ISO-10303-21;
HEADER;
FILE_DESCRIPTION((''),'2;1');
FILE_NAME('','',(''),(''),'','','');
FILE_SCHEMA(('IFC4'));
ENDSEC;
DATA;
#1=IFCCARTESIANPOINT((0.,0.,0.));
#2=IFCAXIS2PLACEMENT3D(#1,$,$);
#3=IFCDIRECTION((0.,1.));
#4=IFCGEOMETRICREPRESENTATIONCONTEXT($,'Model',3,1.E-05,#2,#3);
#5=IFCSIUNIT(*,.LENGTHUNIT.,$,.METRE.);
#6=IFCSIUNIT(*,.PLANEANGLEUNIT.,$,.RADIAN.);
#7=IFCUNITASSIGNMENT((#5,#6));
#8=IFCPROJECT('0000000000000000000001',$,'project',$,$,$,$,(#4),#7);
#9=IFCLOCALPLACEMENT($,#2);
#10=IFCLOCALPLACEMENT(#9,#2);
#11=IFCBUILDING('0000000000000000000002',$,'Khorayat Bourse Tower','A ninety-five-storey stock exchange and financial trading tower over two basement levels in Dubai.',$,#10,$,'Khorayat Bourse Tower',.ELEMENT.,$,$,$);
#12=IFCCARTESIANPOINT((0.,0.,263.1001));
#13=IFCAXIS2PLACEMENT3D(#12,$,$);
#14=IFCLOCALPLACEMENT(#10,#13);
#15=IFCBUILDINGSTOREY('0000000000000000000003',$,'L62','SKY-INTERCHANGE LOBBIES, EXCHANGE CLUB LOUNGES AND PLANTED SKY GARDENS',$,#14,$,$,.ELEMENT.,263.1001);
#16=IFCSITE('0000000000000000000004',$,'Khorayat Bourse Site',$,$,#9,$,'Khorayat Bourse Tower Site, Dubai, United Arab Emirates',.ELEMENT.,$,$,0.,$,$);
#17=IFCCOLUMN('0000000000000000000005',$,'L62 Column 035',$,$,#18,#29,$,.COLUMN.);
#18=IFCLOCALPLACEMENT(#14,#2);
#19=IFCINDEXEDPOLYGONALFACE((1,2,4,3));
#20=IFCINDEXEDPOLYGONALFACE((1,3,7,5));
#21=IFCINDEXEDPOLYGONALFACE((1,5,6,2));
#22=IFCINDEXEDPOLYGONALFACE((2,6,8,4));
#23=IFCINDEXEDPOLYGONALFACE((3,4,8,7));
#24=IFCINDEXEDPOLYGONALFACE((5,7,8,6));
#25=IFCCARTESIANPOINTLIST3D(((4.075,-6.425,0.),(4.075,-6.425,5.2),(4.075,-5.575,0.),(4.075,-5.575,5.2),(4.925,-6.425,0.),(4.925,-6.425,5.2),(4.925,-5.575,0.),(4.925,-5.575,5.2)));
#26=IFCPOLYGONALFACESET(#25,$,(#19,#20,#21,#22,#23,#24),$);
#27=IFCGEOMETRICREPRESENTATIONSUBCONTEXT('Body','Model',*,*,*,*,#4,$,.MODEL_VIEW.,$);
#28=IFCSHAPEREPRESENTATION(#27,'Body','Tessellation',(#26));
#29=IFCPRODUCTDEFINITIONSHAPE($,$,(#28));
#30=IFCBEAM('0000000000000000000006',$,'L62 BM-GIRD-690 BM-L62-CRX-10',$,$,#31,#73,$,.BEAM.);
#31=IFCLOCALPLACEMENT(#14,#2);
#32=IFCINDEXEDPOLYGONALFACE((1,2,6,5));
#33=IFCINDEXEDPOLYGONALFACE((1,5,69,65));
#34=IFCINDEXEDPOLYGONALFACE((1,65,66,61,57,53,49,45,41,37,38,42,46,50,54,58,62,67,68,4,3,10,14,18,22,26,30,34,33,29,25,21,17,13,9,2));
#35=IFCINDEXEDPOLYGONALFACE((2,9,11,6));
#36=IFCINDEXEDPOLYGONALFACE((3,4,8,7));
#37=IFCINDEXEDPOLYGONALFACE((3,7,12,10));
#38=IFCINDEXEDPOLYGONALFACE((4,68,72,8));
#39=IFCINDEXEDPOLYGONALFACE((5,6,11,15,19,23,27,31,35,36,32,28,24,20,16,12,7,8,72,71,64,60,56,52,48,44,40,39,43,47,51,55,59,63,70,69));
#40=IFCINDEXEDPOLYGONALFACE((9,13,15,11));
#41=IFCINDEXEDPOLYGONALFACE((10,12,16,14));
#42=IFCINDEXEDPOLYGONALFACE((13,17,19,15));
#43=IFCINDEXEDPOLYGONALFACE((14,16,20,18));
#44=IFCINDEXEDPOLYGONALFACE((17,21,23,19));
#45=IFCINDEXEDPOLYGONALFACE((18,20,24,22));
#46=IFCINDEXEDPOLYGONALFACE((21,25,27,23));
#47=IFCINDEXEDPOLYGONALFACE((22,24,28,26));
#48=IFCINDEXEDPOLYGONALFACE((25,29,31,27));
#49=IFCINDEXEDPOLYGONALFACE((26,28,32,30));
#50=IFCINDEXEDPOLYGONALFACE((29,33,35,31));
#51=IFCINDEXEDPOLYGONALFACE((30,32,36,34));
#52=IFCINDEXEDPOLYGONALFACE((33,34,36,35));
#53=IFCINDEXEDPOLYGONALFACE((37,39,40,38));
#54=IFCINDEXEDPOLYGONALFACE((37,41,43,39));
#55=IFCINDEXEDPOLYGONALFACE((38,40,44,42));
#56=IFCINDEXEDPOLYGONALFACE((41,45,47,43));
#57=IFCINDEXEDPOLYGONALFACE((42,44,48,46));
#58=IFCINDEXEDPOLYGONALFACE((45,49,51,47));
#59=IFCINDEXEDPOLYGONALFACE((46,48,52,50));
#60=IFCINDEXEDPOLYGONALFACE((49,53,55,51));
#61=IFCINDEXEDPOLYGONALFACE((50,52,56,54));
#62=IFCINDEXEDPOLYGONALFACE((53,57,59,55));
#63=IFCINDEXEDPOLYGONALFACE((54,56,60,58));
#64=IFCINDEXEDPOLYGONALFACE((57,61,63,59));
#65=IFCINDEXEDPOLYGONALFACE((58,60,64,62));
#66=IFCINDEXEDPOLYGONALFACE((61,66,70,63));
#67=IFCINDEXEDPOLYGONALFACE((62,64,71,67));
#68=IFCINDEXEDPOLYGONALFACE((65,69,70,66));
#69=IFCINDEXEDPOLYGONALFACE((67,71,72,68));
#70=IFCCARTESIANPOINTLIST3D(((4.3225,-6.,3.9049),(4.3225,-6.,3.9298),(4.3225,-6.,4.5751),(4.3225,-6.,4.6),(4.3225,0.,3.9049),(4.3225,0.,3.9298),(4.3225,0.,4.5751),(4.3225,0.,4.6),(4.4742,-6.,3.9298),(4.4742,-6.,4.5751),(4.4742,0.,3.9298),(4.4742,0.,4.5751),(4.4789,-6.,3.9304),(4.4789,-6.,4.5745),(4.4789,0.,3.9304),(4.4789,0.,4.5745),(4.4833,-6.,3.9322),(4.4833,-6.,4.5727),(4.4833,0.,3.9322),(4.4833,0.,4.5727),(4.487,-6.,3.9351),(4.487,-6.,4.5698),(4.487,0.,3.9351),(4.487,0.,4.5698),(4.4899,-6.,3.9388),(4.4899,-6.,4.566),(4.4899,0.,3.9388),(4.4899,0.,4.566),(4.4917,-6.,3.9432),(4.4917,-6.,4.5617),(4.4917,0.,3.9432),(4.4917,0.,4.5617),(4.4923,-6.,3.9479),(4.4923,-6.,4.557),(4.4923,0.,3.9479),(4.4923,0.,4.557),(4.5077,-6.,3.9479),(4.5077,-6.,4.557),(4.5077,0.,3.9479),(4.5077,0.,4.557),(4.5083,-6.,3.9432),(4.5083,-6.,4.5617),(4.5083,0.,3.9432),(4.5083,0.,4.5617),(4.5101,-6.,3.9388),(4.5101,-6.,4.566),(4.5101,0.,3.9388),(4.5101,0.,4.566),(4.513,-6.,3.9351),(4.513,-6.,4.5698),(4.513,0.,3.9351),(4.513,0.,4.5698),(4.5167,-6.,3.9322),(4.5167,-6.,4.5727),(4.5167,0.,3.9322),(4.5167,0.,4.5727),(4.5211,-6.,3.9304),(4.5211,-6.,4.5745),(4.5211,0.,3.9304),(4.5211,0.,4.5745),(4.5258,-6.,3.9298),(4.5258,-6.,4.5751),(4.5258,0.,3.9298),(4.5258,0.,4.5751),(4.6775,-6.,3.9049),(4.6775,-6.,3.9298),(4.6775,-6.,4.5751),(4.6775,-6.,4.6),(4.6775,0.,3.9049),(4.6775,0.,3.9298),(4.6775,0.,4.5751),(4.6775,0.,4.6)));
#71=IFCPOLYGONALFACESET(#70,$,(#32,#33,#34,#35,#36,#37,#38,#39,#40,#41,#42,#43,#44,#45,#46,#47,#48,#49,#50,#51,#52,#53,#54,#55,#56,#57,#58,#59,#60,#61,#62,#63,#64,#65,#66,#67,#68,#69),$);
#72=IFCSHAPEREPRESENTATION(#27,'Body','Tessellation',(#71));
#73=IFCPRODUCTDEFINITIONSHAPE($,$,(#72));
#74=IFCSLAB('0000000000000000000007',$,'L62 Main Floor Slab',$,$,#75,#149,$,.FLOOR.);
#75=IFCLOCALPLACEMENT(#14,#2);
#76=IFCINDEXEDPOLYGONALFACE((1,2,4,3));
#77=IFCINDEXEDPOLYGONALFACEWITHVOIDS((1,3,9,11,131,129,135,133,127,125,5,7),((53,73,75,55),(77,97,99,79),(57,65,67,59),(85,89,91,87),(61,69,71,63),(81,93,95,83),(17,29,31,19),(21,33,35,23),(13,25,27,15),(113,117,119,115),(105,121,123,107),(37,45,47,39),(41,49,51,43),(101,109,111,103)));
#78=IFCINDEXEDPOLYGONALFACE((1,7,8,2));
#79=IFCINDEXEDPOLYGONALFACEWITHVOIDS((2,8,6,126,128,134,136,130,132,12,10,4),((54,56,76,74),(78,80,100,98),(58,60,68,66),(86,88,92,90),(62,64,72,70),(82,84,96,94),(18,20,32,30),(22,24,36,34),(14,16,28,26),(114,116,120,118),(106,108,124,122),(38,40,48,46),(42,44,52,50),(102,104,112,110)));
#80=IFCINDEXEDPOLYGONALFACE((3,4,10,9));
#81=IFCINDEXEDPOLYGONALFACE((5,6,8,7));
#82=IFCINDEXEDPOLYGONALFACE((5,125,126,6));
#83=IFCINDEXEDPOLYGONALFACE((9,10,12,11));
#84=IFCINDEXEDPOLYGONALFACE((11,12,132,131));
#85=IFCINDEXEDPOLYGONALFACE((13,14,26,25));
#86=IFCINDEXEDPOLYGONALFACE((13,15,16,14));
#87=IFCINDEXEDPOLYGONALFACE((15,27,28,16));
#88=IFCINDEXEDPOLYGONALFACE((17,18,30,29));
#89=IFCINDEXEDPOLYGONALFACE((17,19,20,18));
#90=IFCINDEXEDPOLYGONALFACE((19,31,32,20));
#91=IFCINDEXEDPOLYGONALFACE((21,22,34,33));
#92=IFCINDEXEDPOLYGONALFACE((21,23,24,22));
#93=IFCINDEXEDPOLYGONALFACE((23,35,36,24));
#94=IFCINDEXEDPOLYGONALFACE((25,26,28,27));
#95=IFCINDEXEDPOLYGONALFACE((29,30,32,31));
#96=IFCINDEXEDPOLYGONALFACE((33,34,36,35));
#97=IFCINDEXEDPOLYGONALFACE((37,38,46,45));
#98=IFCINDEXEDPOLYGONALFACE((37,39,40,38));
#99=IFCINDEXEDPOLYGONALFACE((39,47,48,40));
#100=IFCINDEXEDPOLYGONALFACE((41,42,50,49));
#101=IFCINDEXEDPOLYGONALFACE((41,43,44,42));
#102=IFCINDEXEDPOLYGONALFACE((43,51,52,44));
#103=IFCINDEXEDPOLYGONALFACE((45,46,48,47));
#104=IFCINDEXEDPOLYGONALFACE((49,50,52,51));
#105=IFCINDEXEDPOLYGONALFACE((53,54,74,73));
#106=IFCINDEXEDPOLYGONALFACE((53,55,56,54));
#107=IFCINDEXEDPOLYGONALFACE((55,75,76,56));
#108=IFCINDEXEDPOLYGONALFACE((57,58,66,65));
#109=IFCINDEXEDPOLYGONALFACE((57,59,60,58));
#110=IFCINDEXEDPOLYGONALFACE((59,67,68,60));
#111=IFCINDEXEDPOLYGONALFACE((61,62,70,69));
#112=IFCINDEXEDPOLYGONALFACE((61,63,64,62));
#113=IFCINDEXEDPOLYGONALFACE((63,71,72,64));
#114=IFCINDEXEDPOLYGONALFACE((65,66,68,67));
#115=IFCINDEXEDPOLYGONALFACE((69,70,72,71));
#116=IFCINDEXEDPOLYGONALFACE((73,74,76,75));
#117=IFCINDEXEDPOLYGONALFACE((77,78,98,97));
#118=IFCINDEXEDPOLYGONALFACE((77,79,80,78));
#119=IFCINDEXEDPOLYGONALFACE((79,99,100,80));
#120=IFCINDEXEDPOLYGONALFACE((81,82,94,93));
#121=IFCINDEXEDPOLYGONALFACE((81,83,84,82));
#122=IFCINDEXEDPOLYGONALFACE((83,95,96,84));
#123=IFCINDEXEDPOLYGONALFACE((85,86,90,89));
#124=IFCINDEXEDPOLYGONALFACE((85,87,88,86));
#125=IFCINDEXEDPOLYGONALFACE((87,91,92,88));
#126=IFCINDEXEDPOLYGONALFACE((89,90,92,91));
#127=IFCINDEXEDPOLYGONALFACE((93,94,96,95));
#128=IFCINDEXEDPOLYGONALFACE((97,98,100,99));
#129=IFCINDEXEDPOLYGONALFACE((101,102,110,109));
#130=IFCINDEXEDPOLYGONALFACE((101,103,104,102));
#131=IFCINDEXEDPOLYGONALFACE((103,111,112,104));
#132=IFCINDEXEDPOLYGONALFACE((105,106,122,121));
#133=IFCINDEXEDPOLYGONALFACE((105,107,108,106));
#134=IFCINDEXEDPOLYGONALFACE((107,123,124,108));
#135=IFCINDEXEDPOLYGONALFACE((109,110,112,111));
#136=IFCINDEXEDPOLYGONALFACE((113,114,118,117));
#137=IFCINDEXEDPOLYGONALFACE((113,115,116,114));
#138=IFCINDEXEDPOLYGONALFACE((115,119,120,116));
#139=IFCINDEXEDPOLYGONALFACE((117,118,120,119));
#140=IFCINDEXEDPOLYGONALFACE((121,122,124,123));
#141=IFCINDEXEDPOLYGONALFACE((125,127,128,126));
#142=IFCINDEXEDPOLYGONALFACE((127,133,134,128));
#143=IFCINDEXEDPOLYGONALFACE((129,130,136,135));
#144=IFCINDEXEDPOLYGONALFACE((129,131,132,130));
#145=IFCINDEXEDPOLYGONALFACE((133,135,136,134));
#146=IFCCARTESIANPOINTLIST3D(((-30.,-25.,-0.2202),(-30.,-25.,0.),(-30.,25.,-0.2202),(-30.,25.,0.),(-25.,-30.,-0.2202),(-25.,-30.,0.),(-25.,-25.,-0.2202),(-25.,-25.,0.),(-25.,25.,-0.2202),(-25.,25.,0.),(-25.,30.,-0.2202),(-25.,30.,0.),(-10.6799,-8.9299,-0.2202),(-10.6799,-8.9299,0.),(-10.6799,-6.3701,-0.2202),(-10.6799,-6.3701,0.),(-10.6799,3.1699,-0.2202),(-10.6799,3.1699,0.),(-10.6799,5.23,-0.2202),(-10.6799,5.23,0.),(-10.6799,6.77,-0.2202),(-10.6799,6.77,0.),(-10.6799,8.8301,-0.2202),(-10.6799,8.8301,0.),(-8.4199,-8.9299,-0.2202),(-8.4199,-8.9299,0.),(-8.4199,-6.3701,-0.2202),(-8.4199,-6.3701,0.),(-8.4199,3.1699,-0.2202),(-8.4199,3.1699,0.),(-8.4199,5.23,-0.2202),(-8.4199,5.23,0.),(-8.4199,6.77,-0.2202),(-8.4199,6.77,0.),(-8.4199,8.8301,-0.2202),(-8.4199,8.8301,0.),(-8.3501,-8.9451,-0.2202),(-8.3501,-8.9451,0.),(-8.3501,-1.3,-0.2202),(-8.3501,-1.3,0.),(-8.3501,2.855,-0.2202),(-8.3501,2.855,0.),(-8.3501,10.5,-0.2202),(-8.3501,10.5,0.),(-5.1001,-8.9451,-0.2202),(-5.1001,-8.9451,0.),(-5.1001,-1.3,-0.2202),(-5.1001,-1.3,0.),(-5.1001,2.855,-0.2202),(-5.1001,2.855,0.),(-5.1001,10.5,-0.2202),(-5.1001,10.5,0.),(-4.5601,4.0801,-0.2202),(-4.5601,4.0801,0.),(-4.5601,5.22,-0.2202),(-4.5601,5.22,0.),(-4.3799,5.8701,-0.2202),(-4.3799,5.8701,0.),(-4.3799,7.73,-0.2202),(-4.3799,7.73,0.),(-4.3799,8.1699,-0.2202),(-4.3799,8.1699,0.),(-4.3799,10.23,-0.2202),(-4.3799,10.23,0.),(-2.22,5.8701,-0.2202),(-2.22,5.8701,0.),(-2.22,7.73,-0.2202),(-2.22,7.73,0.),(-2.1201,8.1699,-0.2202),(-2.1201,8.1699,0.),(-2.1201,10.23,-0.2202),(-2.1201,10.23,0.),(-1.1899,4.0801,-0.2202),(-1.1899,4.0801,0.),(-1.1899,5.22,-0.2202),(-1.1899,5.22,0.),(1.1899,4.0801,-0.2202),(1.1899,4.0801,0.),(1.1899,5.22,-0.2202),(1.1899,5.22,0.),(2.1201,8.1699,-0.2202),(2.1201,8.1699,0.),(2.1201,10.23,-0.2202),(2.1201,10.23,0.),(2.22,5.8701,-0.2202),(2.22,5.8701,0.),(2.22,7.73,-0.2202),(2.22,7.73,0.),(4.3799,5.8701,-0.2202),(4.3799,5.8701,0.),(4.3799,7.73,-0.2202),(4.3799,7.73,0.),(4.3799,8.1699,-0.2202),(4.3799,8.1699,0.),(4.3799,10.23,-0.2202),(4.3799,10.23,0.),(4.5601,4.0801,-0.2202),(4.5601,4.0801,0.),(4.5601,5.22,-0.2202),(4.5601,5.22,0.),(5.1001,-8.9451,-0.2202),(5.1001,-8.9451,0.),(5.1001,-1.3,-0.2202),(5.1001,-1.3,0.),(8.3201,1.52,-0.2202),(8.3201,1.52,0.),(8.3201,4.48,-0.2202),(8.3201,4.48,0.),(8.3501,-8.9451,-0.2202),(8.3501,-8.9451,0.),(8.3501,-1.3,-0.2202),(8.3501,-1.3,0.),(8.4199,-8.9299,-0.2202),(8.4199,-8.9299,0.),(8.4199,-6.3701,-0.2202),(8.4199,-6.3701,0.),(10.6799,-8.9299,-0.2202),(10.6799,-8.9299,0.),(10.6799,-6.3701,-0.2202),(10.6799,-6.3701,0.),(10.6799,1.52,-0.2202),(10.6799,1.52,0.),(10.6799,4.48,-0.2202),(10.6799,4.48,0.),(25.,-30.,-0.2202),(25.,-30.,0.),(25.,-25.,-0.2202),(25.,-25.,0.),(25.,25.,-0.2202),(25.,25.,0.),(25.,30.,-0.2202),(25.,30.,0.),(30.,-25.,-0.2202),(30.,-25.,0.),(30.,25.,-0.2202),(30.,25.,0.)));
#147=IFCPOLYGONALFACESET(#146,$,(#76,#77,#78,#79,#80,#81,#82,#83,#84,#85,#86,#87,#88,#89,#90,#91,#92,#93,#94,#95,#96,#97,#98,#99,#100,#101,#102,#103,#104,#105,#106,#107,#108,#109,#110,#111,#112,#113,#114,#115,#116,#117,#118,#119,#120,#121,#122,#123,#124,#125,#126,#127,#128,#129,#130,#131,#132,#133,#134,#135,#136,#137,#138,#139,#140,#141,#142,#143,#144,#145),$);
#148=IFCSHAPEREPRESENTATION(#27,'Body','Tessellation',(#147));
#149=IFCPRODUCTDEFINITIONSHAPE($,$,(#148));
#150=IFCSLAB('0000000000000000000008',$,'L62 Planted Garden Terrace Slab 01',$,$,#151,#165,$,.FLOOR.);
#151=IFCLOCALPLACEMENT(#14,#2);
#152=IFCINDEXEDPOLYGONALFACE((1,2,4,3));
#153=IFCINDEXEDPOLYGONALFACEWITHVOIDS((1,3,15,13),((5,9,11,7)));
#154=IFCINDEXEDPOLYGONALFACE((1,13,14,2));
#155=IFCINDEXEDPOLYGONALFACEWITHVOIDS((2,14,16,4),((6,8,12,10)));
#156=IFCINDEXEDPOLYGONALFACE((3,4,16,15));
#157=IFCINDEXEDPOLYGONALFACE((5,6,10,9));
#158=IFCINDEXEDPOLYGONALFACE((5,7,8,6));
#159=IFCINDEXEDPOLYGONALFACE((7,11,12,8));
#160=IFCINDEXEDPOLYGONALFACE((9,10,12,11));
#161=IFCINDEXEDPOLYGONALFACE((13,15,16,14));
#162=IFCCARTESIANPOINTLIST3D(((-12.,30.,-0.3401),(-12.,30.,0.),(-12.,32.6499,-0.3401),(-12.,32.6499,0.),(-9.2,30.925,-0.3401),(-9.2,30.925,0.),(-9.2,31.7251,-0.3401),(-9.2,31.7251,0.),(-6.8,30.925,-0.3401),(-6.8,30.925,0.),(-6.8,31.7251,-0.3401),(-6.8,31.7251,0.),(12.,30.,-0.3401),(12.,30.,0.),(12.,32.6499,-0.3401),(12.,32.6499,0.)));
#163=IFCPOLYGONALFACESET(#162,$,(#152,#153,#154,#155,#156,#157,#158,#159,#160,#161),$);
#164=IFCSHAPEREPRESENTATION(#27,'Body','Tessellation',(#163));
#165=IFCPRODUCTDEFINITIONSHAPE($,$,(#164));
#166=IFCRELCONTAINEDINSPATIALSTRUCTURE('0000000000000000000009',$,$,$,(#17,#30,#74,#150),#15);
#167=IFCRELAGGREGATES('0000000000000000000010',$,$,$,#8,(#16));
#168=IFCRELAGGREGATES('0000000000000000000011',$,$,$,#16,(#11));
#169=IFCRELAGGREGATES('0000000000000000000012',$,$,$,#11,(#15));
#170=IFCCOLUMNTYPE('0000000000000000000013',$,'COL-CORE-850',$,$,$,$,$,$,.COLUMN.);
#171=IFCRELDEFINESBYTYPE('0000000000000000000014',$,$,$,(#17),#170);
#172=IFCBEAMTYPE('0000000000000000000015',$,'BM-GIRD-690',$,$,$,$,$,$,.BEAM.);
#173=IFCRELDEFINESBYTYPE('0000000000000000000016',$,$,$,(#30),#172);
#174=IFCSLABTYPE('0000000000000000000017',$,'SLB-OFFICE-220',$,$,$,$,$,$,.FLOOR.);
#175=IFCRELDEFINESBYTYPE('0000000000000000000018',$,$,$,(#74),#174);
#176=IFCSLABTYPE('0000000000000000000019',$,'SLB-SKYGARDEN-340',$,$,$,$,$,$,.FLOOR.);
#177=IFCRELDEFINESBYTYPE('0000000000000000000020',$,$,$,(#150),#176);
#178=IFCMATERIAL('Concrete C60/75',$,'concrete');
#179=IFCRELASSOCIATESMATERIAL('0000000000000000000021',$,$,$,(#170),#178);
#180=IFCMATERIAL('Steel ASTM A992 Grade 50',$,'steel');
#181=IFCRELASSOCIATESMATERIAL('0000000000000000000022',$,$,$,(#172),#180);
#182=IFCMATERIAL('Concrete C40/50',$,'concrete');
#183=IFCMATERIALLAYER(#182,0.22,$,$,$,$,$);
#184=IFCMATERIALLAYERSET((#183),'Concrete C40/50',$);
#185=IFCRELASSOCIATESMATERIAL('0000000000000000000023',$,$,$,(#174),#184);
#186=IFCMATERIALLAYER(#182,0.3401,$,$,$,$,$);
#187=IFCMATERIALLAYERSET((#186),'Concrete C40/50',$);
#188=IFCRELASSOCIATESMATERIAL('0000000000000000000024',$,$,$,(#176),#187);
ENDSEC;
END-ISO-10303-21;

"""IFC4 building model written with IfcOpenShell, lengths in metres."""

from ifc_helpers import new_model, si_unit, direction, frame, origin, origin_2d, place, context, subcontext, project, spatial, polyline, rectangle, i_section, outline, extrude, source, transform, mapped, material, layer, layer_set, material_profile, profile_set, type_object, element, save


model = new_model("IFC4")

# Units and contexts
model_context = context("Model", 3, precision=1e-05, world=origin(), true_north=direction((0.0, 1.0)))
body_context = subcontext(model_context, "Body", "Model", "MODEL_VIEW")
ifc_project = project(units=[si_unit("LENGTHUNIT", "METRE"), si_unit("PLANEANGLEUNIT", "RADIAN")], contexts=[model_context])

# Site, building, storey
site_placement = place(None, origin())
site = spatial("IfcSite", under=ifc_project, at=site_placement, Name="Khorayat Bourse Site", LongName="Khorayat Bourse Tower Site, Dubai, United Arab Emirates", CompositionType="ELEMENT", RefElevation=0.0)
building_placement = place(site_placement, origin())
building = spatial("IfcBuilding", under=site, at=building_placement, Name="Khorayat Bourse Tower", Description="A ninety-five-storey stock exchange and financial trading tower over two basement levels in Dubai.", LongName="Khorayat Bourse Tower", CompositionType="ELEMENT")
storey_placement = place(building_placement, frame((0.0, 0.0, 263.1001)))
storey = spatial("IfcBuildingStorey", under=building, at=storey_placement, Name="L62", Description="SKY-INTERCHANGE LOBBIES, EXCHANGE CLUB LOUNGES AND PLANTED SKY GARDENS", CompositionType="ELEMENT", Elevation=263.1001)

# Column
ifc_material_1 = material(Name="Concrete C60/75", Category="concrete")
ifc_material_profile_1 = material_profile(ifc_material_1, rectangle(XDim=0.8501, YDim=0.8501, at=origin_2d()), Name="RC 850x850")
ifc_profile_set_1 = profile_set([ifc_material_profile_1], Name="Concrete C60/75")
column_type = type_object("IfcColumnType", Name="COL-CORE-850", PredefinedType="COLUMN", material=ifc_profile_set_1)
shared_shape_1 = source(origin(), body_context, "Body", "SweptSolid", [
    extrude(rectangle(XDim=0.8501, YDim=0.8501, at=origin_2d()), origin(), (0.0, 0.0, 1.0), 5.2),
])
column_placement = place(storey_placement, frame((4.5, -6.0, 0.0), z_axis=(0.0, 0.0, 1.0), x_axis=(1.0, 0.0, 0.0)))
element("IfcColumn", 1, at=column_placement, inside=storey, type_object=column_type, Name="L62 Column 035", PredefinedType="COLUMN", context=body_context, shape_type="MappedRepresentation", body=[
    mapped(shared_shape_1, transform((0.0, 0.0, 0.0), scale=1.0)),
])

# Beam
ifc_material_2 = material(Name="Steel ASTM A992 Grade 50", Category="steel")
ifc_material_profile_2 = material_profile(ifc_material_2, i_section(OverallWidth=0.355, OverallDepth=0.6951, WebThickness=0.0154, FlangeThickness=0.0249, FilletRadius=0.0181, at=origin_2d()), Name="W690X217")
ifc_profile_set_2 = profile_set([ifc_material_profile_2], Name="Steel ASTM A992 Grade 50")
beam_type = type_object("IfcBeamType", Name="BM-GIRD-690", PredefinedType="BEAM", material=ifc_profile_set_2)
shared_shape_2 = source(origin(), body_context, "Body", "SweptSolid", [
    extrude(i_section(OverallWidth=0.355, OverallDepth=0.6951, WebThickness=0.0154, FlangeThickness=0.0249, FilletRadius=0.0181, at=origin_2d()), origin(), (0.0, 0.0, 1.0), 6.0),
])
beam_placement = place(storey_placement, frame((4.5, -6.0, 4.2524), z_axis=(0.0, 1.0, 0.0), x_axis=(-1.0, 0.0, 0.0)))
element("IfcBeam", 2, at=beam_placement, inside=storey, type_object=beam_type, Name="L62 BM-GIRD-690 BM-L62-CRX-10", PredefinedType="BEAM", context=body_context, shape_type="MappedRepresentation", body=[
    mapped(shared_shape_2, transform((0.0, 0.0, 0.0), scale=1.0)),
])

# Slabs
ifc_material_3 = material(Name="Concrete C40/50", Category="concrete")
ifc_layer_1 = layer(ifc_material_3, 0.22)
ifc_layer_set_1 = layer_set([ifc_layer_1], Name="Concrete C40/50")
slab_type_1 = type_object("IfcSlabType", Name="SLB-OFFICE-220", PredefinedType="FLOOR", material=ifc_layer_set_1)
slab_1_placement = place(storey_placement, frame((0.0, 0.0, -0.2202)))
element("IfcSlab", 3, at=slab_1_placement, inside=storey, type_object=slab_type_1, Name="L62 Main Floor Slab", PredefinedType="FLOOR", context=body_context, shape_type="SweptSolid", body=[
    extrude(outline(polyline([(-25.0, -30.0), (25.0, -30.0), (25.0, -25.0), (30.0, -25.0), (30.0, 25.0), (25.0, 25.0), (25.0, 30.0), (-25.0, 30.0), (-25.0, 25.0), (-30.0, 25.0), (-30.0, -25.0), (-25.0, -25.0), (-25.0, -30.0)]), holes=[polyline([(-8.3501, -8.9451), (-5.1001, -8.9451), (-5.1001, -1.3), (-8.3501, -1.3), (-8.3501, -8.9451)]), polyline([(-8.3501, 2.855), (-5.1001, 2.855), (-5.1001, 10.5), (-8.3501, 10.5), (-8.3501, 2.855)]), polyline([(5.1001, -8.9451), (8.3501, -8.9451), (8.3501, -1.3), (5.1001, -1.3), (5.1001, -8.9451)]), polyline([(-4.3799, 8.1699), (-2.1201, 8.1699), (-2.1201, 10.23), (-4.3799, 10.23), (-4.3799, 8.1699)]), polyline([(2.1201, 8.1699), (4.3799, 8.1699), (4.3799, 10.23), (2.1201, 10.23), (2.1201, 8.1699)]), polyline([(-4.3799, 5.8701), (-2.22, 5.8701), (-2.22, 7.73), (-4.3799, 7.73), (-4.3799, 5.8701)]), polyline([(2.22, 5.8701), (4.3799, 5.8701), (4.3799, 7.73), (2.22, 7.73), (2.22, 5.8701)]), polyline([(-10.6799, 3.1699), (-8.4199, 3.1699), (-8.4199, 5.23), (-10.6799, 5.23), (-10.6799, 3.1699)]), polyline([(-10.6799, 6.77), (-8.4199, 6.77), (-8.4199, 8.8301), (-10.6799, 8.8301), (-10.6799, 6.77)]), polyline([(-10.6799, -8.9299), (-8.4199, -8.9299), (-8.4199, -6.3701), (-10.6799, -6.3701), (-10.6799, -8.9299)]), polyline([(8.4199, -8.9299), (10.6799, -8.9299), (10.6799, -6.3701), (8.4199, -6.3701), (8.4199, -8.9299)]), polyline([(8.3201, 1.52), (10.6799, 1.52), (10.6799, 4.48), (8.3201, 4.48), (8.3201, 1.52)]), polyline([(-4.5601, 4.0801), (-1.1899, 4.0801), (-1.1899, 5.22), (-4.5601, 5.22), (-4.5601, 4.0801)]), polyline([(1.1899, 4.0801), (4.5601, 4.0801), (4.5601, 5.22), (1.1899, 5.22), (1.1899, 4.0801)])]), origin(), (0.0, 0.0, 1.0), 0.2202),
])
ifc_layer_2 = layer(ifc_material_3, 0.3401)
ifc_layer_set_2 = layer_set([ifc_layer_2], Name="Concrete C40/50")
slab_type_2 = type_object("IfcSlabType", Name="SLB-SKYGARDEN-340", PredefinedType="FLOOR", material=ifc_layer_set_2)
slab_2_placement = place(storey_placement, frame((0.0, 0.0, -0.3401)))
element("IfcSlab", 4, at=slab_2_placement, inside=storey, type_object=slab_type_2, Name="L62 Planted Garden Terrace Slab 01", PredefinedType="FLOOR", context=body_context, shape_type="SweptSolid", body=[
    extrude(outline(polyline([(-12.0, 30.0), (12.0, 30.0), (12.0, 32.6499), (-12.0, 32.6499), (-12.0, 30.0)]), holes=[polyline([(-9.2, 30.925), (-6.8, 30.925), (-6.8, 31.7251), (-9.2, 31.7251), (-9.2, 30.925)])]), origin(), (0.0, 0.0, 1.0), 0.3401),
])

save(model, "model.ifc")
